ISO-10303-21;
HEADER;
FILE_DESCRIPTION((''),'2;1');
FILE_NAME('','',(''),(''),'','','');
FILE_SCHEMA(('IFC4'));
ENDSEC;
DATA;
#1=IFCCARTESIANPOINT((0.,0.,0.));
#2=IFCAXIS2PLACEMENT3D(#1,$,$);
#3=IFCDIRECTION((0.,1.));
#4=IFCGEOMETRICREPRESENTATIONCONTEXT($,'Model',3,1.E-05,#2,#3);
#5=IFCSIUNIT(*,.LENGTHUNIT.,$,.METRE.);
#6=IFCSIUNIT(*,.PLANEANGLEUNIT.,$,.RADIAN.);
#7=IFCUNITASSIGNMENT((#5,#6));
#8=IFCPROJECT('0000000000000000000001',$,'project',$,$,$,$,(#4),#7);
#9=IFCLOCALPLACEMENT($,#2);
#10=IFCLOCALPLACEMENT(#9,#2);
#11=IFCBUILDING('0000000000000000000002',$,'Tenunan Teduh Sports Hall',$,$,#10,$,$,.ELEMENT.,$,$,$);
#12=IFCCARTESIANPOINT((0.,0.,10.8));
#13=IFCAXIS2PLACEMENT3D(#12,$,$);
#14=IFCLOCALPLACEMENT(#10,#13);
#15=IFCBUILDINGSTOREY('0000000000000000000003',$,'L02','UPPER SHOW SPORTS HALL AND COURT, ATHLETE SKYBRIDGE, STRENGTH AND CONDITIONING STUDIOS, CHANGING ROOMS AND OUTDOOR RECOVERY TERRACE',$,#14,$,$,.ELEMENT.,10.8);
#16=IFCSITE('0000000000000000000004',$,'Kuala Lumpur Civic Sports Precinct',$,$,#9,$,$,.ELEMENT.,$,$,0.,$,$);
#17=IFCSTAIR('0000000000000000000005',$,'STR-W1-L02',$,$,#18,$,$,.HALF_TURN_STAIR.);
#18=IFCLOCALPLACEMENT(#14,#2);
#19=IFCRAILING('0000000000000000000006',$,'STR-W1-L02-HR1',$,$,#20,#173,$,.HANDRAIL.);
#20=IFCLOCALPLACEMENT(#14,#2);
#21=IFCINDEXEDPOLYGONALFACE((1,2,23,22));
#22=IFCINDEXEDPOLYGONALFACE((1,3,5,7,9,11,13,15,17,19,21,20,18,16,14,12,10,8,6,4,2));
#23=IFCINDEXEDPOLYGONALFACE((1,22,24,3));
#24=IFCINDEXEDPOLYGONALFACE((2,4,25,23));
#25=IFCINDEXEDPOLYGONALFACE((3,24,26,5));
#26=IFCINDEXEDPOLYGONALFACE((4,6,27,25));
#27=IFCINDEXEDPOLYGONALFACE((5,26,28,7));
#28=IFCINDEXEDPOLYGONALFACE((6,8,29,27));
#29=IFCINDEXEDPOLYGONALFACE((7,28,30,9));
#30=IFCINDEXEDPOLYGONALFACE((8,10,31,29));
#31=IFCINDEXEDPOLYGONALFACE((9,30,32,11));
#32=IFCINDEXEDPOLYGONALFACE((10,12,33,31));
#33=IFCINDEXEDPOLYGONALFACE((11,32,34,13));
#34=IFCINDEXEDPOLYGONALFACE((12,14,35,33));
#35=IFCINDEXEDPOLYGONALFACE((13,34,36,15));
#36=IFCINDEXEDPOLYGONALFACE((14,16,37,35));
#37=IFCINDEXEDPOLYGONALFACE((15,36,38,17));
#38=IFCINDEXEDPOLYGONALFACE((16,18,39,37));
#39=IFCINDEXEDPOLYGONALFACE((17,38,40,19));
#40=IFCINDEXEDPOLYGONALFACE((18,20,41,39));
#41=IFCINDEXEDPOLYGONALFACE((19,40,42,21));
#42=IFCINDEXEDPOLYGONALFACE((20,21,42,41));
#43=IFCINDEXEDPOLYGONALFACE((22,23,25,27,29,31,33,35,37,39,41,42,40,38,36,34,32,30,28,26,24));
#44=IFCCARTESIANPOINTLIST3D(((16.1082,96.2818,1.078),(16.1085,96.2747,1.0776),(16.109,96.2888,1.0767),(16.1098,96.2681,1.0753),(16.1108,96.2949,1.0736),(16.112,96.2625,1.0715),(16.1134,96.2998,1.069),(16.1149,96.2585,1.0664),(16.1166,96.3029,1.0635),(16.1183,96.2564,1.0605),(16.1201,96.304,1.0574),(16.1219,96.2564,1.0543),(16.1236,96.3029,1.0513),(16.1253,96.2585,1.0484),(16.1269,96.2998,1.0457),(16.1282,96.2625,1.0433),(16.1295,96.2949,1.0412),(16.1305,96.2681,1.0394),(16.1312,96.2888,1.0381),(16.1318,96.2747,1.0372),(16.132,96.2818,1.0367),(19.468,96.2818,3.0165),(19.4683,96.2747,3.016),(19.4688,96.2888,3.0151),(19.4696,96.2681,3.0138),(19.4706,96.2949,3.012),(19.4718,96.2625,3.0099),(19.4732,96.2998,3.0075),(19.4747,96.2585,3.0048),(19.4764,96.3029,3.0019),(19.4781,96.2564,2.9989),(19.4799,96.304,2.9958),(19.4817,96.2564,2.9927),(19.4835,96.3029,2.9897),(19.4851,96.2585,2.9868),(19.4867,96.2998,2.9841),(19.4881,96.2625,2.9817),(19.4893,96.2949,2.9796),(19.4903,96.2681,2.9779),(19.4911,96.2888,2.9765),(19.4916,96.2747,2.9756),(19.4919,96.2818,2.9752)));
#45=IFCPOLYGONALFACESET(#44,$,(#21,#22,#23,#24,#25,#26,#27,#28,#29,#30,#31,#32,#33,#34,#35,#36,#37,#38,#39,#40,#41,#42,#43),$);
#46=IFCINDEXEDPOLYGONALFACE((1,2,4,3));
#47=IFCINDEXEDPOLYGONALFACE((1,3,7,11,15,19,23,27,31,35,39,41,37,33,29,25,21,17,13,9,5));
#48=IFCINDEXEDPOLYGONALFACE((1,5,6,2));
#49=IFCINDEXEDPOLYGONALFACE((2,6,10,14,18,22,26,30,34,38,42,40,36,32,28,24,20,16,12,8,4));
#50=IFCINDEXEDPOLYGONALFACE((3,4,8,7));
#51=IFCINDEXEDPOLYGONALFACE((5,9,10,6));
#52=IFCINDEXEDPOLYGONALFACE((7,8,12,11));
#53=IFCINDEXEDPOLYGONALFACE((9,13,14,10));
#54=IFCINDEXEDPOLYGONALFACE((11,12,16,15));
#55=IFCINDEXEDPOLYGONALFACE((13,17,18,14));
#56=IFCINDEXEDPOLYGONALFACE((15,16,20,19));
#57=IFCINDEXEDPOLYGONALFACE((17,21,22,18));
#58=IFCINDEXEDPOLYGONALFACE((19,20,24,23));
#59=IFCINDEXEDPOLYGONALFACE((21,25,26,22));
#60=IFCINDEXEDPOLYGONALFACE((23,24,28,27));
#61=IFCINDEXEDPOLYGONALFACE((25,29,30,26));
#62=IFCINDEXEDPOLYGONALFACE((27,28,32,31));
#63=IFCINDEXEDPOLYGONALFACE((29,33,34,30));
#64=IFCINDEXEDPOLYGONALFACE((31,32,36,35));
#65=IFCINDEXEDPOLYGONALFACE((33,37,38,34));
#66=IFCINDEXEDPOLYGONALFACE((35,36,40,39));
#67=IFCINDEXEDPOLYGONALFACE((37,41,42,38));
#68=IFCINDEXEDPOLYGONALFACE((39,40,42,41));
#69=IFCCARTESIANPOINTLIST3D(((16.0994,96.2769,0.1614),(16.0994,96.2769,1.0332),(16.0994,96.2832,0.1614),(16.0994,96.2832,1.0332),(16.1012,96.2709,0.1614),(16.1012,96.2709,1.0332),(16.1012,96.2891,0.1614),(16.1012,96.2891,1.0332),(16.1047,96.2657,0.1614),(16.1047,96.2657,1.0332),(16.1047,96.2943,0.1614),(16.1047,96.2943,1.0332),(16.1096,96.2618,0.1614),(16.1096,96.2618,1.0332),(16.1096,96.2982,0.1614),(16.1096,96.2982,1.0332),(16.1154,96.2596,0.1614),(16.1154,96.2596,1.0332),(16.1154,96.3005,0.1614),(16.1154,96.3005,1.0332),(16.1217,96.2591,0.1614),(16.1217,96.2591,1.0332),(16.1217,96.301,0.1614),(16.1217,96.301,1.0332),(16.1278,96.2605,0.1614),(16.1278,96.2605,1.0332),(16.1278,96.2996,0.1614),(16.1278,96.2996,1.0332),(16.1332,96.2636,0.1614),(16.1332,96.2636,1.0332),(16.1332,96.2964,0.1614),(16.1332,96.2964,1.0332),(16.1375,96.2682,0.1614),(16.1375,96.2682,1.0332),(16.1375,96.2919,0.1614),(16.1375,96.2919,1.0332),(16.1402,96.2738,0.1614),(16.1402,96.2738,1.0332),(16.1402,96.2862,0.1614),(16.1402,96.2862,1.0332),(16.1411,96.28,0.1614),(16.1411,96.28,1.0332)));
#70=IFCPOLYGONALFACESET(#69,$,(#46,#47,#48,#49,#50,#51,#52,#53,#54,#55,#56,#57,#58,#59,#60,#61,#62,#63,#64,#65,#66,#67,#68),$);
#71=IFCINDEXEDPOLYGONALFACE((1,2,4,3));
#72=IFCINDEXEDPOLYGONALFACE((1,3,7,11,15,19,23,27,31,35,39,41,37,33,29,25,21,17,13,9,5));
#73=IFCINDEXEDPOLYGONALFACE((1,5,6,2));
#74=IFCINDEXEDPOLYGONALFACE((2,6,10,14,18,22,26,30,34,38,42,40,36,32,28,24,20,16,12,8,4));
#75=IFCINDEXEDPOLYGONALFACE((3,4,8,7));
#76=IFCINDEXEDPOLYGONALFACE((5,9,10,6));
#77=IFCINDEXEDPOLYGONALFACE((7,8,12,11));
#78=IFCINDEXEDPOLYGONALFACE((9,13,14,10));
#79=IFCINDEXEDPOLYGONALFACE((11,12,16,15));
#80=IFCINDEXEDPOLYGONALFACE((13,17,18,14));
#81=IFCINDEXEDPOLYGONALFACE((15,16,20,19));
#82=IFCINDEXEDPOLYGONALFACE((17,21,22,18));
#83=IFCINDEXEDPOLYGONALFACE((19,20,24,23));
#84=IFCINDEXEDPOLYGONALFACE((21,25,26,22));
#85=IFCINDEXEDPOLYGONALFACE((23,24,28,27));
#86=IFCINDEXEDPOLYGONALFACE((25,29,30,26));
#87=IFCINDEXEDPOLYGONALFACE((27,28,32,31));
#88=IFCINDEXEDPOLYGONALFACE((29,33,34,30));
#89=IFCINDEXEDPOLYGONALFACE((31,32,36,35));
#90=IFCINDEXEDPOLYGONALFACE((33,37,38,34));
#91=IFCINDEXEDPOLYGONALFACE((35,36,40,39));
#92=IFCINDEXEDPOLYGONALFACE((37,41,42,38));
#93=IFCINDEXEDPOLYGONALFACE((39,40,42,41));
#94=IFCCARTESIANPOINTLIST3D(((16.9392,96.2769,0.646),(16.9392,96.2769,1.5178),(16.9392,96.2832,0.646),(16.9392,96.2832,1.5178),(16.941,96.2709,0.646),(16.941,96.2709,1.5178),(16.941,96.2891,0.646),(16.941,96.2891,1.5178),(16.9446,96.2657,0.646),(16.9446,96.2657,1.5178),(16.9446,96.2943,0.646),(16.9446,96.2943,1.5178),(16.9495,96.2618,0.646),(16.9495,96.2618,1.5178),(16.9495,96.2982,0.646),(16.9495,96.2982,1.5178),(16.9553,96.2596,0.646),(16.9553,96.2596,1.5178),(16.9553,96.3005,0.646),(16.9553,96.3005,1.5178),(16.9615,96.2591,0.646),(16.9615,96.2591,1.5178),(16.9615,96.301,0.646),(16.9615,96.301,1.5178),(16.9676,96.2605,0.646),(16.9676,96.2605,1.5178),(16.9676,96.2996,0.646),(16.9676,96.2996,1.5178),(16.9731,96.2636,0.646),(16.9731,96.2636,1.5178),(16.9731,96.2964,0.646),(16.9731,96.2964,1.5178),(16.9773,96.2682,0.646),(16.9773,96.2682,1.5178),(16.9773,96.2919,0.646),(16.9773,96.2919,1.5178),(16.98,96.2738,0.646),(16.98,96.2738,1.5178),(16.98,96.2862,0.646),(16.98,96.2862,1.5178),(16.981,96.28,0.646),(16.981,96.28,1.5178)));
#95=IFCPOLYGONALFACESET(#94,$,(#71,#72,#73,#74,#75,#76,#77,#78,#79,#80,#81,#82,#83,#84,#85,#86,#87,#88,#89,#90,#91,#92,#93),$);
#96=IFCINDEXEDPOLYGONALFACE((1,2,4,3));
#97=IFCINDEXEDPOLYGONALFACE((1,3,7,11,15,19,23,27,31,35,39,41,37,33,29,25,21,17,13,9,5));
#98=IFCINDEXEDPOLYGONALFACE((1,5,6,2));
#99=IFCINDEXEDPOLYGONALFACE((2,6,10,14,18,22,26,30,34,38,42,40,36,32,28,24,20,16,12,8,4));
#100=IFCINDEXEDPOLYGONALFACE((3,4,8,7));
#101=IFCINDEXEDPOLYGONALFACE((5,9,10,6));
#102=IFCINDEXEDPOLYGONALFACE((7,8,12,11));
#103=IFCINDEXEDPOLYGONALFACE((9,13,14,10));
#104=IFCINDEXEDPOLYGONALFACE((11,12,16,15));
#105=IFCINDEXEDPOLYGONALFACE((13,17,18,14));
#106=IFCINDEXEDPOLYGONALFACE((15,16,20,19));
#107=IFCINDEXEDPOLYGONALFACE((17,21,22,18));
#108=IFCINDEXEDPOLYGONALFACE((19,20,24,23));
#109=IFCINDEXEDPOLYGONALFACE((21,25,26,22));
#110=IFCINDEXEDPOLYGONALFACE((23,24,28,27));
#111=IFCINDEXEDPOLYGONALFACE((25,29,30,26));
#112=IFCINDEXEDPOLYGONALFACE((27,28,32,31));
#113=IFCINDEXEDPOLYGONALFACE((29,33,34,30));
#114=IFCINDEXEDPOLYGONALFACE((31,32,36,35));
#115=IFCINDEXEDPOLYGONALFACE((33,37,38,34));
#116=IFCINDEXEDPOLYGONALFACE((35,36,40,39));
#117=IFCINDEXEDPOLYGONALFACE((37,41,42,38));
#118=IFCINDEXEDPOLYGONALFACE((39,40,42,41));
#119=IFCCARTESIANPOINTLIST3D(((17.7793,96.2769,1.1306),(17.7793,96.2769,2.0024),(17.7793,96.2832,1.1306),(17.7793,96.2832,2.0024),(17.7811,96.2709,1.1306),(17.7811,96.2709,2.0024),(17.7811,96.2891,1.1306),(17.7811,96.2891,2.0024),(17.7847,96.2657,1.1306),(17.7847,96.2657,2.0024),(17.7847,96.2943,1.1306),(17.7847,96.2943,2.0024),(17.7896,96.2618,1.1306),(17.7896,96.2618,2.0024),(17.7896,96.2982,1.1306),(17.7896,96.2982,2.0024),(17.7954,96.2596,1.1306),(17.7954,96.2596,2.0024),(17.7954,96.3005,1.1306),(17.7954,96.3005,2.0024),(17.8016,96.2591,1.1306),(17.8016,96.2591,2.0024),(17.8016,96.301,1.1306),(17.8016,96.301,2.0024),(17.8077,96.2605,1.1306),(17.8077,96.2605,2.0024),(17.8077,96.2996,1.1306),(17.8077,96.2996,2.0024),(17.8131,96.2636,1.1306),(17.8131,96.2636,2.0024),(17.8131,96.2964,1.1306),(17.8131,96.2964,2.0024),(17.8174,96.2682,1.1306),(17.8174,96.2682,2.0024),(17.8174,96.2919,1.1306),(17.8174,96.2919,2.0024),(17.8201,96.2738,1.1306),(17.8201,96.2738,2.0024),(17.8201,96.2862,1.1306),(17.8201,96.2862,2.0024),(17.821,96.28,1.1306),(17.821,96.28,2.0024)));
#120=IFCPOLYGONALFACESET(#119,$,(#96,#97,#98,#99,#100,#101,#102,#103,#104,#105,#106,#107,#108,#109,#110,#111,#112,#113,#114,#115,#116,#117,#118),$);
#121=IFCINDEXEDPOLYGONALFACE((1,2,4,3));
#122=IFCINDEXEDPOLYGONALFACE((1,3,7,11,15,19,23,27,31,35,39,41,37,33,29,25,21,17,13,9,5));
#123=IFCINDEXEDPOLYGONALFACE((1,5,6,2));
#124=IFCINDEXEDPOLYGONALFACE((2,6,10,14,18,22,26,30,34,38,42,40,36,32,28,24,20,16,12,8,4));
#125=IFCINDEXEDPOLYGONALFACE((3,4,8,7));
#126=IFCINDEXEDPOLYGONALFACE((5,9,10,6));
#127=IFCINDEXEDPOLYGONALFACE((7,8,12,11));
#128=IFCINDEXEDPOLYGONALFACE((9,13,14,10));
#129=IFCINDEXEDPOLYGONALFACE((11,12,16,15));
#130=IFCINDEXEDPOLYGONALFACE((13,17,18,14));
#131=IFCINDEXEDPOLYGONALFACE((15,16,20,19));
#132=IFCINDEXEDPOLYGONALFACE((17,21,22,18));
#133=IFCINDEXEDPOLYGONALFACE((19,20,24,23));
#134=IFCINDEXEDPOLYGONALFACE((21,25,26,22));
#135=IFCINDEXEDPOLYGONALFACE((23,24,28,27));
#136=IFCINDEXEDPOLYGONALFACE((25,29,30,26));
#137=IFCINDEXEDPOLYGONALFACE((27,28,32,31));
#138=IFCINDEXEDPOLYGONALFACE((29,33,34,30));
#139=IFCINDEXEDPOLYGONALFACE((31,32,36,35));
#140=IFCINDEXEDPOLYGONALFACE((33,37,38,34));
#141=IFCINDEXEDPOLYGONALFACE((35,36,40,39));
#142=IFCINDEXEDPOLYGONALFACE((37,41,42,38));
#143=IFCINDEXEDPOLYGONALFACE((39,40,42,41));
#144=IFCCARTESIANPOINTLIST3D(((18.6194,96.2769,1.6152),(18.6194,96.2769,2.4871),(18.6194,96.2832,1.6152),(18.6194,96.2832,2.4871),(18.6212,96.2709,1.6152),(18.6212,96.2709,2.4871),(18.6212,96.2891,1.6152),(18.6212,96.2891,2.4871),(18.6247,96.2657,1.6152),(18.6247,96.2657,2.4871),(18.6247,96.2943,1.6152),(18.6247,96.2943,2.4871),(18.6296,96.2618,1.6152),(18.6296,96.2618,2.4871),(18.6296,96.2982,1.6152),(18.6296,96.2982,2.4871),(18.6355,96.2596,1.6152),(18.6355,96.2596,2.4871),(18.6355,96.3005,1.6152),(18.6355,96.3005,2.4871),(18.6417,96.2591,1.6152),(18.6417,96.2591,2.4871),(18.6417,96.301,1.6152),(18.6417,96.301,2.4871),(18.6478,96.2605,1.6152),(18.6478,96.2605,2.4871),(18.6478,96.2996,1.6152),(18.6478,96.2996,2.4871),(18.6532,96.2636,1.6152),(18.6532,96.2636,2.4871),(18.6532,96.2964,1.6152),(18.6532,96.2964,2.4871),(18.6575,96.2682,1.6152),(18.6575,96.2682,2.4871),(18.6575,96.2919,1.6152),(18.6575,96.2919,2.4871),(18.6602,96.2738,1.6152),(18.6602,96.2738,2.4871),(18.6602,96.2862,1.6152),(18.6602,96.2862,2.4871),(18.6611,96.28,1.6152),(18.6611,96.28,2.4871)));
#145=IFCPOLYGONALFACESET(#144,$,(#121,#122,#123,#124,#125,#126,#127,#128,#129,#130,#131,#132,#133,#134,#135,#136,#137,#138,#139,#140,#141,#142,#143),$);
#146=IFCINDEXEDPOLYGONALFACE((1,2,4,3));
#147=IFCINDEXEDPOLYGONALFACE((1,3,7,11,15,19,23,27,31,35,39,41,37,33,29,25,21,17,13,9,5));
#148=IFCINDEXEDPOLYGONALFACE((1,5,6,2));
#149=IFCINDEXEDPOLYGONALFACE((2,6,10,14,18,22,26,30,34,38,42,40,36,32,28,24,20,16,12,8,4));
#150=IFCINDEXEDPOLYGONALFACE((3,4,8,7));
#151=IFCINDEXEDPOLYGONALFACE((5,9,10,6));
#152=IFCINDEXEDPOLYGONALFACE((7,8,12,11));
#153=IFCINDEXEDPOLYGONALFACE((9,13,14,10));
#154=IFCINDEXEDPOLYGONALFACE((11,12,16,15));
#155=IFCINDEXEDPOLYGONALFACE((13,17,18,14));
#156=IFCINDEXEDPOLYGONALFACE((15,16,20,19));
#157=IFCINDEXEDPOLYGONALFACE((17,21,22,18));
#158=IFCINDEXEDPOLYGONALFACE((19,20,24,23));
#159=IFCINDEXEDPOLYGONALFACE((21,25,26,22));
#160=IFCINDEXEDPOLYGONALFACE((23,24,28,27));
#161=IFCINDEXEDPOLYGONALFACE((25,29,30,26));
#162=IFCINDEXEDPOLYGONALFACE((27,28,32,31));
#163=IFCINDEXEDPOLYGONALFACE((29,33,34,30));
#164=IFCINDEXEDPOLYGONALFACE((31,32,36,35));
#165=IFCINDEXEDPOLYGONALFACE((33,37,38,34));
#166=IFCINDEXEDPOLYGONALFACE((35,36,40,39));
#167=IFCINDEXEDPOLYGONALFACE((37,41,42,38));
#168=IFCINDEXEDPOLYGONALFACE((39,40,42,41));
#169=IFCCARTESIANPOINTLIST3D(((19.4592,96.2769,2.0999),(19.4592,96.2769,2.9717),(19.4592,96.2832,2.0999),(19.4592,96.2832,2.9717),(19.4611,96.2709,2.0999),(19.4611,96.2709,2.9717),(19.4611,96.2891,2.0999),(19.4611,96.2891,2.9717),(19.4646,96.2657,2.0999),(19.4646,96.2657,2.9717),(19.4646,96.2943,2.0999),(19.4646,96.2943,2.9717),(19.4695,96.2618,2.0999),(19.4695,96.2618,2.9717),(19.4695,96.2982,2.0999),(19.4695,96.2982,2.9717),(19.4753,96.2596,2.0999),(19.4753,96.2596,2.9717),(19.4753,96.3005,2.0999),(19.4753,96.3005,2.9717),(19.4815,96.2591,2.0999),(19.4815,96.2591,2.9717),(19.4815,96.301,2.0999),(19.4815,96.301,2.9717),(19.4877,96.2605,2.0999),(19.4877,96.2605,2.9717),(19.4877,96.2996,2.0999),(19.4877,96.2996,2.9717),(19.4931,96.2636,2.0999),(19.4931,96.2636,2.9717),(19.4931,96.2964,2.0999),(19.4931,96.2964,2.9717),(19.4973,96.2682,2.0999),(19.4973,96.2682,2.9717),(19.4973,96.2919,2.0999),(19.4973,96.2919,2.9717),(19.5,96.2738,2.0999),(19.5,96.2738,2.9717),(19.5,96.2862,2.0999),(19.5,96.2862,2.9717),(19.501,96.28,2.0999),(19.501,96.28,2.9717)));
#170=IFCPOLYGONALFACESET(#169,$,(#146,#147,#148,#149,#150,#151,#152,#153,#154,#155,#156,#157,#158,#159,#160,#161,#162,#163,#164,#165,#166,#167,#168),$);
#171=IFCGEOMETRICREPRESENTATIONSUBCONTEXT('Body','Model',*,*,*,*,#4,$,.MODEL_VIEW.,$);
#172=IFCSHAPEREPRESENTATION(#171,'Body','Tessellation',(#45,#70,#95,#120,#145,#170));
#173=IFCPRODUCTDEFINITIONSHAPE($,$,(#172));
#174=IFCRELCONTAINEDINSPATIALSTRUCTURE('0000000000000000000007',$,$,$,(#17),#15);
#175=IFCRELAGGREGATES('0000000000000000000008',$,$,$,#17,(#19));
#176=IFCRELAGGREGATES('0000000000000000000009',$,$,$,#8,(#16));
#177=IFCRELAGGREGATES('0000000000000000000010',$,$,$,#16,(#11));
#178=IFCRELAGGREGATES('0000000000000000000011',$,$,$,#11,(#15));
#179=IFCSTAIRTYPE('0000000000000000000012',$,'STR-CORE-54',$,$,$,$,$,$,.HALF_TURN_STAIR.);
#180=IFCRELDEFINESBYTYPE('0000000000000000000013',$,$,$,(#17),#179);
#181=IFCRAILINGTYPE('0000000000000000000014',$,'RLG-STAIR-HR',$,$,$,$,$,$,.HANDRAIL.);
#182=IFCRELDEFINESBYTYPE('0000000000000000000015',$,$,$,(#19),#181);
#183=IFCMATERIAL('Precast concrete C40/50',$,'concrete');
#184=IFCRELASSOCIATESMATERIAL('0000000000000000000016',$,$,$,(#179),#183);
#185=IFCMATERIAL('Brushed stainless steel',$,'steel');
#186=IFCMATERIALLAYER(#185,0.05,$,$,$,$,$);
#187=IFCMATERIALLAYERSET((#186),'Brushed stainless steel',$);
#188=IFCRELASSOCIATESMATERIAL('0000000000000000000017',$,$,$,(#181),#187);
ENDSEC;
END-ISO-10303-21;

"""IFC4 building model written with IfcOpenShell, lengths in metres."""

from ifc_helpers import new_model, si_unit, direction, frame, origin, origin_2d, place, context, subcontext, project, spatial, circle, extrude, material, layer, layer_set, type_object, element, aggregate, save


model = new_model("IFC4")

# Units and contexts
model_context = context("Model", 3, precision=1e-05, world=origin(), true_north=direction((0.0, 1.0)))
body_context = subcontext(model_context, "Body", "Model", "MODEL_VIEW")
ifc_project = project(units=[si_unit("LENGTHUNIT", "METRE"), si_unit("PLANEANGLEUNIT", "RADIAN")], contexts=[model_context])

# Site, building, storey
site_placement = place(None, origin())
site = spatial("IfcSite", under=ifc_project, at=site_placement, Name="Kuala Lumpur Civic Sports Precinct", CompositionType="ELEMENT", RefElevation=0.0)
building_placement = place(site_placement, origin())
building = spatial("IfcBuilding", under=site, at=building_placement, Name="Tenunan Teduh Sports Hall", CompositionType="ELEMENT")
storey_placement = place(building_placement, frame((0.0, 0.0, 10.8)))
storey = spatial("IfcBuildingStorey", under=building, at=storey_placement, Name="L02", Description="UPPER SHOW SPORTS HALL AND COURT, ATHLETE SKYBRIDGE, STRENGTH AND CONDITIONING STUDIOS, CHANGING ROOMS AND OUTDOOR RECOVERY TERRACE", CompositionType="ELEMENT", Elevation=10.8)

# Stair
ifc_material_1 = material(Name="Precast concrete C40/50", Category="concrete")
stair_type = type_object("IfcStairType", Name="STR-CORE-54", PredefinedType="HALF_TURN_STAIR", material=ifc_material_1)
stair_placement = place(storey_placement, origin())
stair = element("IfcStair", 1, at=stair_placement, inside=storey, type_object=stair_type, Name="STR-W1-L02", PredefinedType="HALF_TURN_STAIR")

# Railing
ifc_material_2 = material(Name="Brushed stainless steel", Category="steel")
ifc_layer_1 = layer(ifc_material_2, 0.05)
ifc_layer_set_1 = layer_set([ifc_layer_1], Name="Brushed stainless steel")
railing_type_1 = type_object("IfcRailingType", Name="RLG-STAIR-HR", PredefinedType="HANDRAIL", material=ifc_layer_set_1)
railing_1_placement = place(storey_placement, frame((16.1201, 96.28, 0.1614)))
railing_1 = element("IfcRailing", 2, at=railing_1_placement, type_object=railing_type_1, Name="STR-W1-L02-HR1", PredefinedType="HANDRAIL", context=body_context, shape_type="SweptSolid", body=[
    extrude(circle(Radius=0.0239, at=origin_2d()), frame((0.0, 0.0, 0.896), z_axis=(0.866175, 0.0, 0.499741), x_axis=(0.0, 1.0, 0.0)), (0.0, 0.0, 1.0), 3.8789),
    extrude(circle(Radius=0.021, at=origin_2d()), origin(), (0.0, 0.0, 1.0), 0.8718),
    extrude(circle(Radius=0.021, at=origin_2d()), frame((0.8398, 0.0, 0.4846)), (0.0, 0.0, 1.0), 0.8718),
    extrude(circle(Radius=0.021, at=origin_2d()), frame((1.6799, 0.0, 0.9692)), (0.0, 0.0, 1.0), 0.8718),
    extrude(circle(Radius=0.021, at=origin_2d()), frame((2.52, 0.0, 1.4539)), (0.0, 0.0, 1.0), 0.8718),
    extrude(circle(Radius=0.021, at=origin_2d()), frame((3.3599, 0.0, 1.9385)), (0.0, 0.0, 1.0), 0.8718),
])
aggregate(stair, [railing_1])

save(model, "model.ifc")
